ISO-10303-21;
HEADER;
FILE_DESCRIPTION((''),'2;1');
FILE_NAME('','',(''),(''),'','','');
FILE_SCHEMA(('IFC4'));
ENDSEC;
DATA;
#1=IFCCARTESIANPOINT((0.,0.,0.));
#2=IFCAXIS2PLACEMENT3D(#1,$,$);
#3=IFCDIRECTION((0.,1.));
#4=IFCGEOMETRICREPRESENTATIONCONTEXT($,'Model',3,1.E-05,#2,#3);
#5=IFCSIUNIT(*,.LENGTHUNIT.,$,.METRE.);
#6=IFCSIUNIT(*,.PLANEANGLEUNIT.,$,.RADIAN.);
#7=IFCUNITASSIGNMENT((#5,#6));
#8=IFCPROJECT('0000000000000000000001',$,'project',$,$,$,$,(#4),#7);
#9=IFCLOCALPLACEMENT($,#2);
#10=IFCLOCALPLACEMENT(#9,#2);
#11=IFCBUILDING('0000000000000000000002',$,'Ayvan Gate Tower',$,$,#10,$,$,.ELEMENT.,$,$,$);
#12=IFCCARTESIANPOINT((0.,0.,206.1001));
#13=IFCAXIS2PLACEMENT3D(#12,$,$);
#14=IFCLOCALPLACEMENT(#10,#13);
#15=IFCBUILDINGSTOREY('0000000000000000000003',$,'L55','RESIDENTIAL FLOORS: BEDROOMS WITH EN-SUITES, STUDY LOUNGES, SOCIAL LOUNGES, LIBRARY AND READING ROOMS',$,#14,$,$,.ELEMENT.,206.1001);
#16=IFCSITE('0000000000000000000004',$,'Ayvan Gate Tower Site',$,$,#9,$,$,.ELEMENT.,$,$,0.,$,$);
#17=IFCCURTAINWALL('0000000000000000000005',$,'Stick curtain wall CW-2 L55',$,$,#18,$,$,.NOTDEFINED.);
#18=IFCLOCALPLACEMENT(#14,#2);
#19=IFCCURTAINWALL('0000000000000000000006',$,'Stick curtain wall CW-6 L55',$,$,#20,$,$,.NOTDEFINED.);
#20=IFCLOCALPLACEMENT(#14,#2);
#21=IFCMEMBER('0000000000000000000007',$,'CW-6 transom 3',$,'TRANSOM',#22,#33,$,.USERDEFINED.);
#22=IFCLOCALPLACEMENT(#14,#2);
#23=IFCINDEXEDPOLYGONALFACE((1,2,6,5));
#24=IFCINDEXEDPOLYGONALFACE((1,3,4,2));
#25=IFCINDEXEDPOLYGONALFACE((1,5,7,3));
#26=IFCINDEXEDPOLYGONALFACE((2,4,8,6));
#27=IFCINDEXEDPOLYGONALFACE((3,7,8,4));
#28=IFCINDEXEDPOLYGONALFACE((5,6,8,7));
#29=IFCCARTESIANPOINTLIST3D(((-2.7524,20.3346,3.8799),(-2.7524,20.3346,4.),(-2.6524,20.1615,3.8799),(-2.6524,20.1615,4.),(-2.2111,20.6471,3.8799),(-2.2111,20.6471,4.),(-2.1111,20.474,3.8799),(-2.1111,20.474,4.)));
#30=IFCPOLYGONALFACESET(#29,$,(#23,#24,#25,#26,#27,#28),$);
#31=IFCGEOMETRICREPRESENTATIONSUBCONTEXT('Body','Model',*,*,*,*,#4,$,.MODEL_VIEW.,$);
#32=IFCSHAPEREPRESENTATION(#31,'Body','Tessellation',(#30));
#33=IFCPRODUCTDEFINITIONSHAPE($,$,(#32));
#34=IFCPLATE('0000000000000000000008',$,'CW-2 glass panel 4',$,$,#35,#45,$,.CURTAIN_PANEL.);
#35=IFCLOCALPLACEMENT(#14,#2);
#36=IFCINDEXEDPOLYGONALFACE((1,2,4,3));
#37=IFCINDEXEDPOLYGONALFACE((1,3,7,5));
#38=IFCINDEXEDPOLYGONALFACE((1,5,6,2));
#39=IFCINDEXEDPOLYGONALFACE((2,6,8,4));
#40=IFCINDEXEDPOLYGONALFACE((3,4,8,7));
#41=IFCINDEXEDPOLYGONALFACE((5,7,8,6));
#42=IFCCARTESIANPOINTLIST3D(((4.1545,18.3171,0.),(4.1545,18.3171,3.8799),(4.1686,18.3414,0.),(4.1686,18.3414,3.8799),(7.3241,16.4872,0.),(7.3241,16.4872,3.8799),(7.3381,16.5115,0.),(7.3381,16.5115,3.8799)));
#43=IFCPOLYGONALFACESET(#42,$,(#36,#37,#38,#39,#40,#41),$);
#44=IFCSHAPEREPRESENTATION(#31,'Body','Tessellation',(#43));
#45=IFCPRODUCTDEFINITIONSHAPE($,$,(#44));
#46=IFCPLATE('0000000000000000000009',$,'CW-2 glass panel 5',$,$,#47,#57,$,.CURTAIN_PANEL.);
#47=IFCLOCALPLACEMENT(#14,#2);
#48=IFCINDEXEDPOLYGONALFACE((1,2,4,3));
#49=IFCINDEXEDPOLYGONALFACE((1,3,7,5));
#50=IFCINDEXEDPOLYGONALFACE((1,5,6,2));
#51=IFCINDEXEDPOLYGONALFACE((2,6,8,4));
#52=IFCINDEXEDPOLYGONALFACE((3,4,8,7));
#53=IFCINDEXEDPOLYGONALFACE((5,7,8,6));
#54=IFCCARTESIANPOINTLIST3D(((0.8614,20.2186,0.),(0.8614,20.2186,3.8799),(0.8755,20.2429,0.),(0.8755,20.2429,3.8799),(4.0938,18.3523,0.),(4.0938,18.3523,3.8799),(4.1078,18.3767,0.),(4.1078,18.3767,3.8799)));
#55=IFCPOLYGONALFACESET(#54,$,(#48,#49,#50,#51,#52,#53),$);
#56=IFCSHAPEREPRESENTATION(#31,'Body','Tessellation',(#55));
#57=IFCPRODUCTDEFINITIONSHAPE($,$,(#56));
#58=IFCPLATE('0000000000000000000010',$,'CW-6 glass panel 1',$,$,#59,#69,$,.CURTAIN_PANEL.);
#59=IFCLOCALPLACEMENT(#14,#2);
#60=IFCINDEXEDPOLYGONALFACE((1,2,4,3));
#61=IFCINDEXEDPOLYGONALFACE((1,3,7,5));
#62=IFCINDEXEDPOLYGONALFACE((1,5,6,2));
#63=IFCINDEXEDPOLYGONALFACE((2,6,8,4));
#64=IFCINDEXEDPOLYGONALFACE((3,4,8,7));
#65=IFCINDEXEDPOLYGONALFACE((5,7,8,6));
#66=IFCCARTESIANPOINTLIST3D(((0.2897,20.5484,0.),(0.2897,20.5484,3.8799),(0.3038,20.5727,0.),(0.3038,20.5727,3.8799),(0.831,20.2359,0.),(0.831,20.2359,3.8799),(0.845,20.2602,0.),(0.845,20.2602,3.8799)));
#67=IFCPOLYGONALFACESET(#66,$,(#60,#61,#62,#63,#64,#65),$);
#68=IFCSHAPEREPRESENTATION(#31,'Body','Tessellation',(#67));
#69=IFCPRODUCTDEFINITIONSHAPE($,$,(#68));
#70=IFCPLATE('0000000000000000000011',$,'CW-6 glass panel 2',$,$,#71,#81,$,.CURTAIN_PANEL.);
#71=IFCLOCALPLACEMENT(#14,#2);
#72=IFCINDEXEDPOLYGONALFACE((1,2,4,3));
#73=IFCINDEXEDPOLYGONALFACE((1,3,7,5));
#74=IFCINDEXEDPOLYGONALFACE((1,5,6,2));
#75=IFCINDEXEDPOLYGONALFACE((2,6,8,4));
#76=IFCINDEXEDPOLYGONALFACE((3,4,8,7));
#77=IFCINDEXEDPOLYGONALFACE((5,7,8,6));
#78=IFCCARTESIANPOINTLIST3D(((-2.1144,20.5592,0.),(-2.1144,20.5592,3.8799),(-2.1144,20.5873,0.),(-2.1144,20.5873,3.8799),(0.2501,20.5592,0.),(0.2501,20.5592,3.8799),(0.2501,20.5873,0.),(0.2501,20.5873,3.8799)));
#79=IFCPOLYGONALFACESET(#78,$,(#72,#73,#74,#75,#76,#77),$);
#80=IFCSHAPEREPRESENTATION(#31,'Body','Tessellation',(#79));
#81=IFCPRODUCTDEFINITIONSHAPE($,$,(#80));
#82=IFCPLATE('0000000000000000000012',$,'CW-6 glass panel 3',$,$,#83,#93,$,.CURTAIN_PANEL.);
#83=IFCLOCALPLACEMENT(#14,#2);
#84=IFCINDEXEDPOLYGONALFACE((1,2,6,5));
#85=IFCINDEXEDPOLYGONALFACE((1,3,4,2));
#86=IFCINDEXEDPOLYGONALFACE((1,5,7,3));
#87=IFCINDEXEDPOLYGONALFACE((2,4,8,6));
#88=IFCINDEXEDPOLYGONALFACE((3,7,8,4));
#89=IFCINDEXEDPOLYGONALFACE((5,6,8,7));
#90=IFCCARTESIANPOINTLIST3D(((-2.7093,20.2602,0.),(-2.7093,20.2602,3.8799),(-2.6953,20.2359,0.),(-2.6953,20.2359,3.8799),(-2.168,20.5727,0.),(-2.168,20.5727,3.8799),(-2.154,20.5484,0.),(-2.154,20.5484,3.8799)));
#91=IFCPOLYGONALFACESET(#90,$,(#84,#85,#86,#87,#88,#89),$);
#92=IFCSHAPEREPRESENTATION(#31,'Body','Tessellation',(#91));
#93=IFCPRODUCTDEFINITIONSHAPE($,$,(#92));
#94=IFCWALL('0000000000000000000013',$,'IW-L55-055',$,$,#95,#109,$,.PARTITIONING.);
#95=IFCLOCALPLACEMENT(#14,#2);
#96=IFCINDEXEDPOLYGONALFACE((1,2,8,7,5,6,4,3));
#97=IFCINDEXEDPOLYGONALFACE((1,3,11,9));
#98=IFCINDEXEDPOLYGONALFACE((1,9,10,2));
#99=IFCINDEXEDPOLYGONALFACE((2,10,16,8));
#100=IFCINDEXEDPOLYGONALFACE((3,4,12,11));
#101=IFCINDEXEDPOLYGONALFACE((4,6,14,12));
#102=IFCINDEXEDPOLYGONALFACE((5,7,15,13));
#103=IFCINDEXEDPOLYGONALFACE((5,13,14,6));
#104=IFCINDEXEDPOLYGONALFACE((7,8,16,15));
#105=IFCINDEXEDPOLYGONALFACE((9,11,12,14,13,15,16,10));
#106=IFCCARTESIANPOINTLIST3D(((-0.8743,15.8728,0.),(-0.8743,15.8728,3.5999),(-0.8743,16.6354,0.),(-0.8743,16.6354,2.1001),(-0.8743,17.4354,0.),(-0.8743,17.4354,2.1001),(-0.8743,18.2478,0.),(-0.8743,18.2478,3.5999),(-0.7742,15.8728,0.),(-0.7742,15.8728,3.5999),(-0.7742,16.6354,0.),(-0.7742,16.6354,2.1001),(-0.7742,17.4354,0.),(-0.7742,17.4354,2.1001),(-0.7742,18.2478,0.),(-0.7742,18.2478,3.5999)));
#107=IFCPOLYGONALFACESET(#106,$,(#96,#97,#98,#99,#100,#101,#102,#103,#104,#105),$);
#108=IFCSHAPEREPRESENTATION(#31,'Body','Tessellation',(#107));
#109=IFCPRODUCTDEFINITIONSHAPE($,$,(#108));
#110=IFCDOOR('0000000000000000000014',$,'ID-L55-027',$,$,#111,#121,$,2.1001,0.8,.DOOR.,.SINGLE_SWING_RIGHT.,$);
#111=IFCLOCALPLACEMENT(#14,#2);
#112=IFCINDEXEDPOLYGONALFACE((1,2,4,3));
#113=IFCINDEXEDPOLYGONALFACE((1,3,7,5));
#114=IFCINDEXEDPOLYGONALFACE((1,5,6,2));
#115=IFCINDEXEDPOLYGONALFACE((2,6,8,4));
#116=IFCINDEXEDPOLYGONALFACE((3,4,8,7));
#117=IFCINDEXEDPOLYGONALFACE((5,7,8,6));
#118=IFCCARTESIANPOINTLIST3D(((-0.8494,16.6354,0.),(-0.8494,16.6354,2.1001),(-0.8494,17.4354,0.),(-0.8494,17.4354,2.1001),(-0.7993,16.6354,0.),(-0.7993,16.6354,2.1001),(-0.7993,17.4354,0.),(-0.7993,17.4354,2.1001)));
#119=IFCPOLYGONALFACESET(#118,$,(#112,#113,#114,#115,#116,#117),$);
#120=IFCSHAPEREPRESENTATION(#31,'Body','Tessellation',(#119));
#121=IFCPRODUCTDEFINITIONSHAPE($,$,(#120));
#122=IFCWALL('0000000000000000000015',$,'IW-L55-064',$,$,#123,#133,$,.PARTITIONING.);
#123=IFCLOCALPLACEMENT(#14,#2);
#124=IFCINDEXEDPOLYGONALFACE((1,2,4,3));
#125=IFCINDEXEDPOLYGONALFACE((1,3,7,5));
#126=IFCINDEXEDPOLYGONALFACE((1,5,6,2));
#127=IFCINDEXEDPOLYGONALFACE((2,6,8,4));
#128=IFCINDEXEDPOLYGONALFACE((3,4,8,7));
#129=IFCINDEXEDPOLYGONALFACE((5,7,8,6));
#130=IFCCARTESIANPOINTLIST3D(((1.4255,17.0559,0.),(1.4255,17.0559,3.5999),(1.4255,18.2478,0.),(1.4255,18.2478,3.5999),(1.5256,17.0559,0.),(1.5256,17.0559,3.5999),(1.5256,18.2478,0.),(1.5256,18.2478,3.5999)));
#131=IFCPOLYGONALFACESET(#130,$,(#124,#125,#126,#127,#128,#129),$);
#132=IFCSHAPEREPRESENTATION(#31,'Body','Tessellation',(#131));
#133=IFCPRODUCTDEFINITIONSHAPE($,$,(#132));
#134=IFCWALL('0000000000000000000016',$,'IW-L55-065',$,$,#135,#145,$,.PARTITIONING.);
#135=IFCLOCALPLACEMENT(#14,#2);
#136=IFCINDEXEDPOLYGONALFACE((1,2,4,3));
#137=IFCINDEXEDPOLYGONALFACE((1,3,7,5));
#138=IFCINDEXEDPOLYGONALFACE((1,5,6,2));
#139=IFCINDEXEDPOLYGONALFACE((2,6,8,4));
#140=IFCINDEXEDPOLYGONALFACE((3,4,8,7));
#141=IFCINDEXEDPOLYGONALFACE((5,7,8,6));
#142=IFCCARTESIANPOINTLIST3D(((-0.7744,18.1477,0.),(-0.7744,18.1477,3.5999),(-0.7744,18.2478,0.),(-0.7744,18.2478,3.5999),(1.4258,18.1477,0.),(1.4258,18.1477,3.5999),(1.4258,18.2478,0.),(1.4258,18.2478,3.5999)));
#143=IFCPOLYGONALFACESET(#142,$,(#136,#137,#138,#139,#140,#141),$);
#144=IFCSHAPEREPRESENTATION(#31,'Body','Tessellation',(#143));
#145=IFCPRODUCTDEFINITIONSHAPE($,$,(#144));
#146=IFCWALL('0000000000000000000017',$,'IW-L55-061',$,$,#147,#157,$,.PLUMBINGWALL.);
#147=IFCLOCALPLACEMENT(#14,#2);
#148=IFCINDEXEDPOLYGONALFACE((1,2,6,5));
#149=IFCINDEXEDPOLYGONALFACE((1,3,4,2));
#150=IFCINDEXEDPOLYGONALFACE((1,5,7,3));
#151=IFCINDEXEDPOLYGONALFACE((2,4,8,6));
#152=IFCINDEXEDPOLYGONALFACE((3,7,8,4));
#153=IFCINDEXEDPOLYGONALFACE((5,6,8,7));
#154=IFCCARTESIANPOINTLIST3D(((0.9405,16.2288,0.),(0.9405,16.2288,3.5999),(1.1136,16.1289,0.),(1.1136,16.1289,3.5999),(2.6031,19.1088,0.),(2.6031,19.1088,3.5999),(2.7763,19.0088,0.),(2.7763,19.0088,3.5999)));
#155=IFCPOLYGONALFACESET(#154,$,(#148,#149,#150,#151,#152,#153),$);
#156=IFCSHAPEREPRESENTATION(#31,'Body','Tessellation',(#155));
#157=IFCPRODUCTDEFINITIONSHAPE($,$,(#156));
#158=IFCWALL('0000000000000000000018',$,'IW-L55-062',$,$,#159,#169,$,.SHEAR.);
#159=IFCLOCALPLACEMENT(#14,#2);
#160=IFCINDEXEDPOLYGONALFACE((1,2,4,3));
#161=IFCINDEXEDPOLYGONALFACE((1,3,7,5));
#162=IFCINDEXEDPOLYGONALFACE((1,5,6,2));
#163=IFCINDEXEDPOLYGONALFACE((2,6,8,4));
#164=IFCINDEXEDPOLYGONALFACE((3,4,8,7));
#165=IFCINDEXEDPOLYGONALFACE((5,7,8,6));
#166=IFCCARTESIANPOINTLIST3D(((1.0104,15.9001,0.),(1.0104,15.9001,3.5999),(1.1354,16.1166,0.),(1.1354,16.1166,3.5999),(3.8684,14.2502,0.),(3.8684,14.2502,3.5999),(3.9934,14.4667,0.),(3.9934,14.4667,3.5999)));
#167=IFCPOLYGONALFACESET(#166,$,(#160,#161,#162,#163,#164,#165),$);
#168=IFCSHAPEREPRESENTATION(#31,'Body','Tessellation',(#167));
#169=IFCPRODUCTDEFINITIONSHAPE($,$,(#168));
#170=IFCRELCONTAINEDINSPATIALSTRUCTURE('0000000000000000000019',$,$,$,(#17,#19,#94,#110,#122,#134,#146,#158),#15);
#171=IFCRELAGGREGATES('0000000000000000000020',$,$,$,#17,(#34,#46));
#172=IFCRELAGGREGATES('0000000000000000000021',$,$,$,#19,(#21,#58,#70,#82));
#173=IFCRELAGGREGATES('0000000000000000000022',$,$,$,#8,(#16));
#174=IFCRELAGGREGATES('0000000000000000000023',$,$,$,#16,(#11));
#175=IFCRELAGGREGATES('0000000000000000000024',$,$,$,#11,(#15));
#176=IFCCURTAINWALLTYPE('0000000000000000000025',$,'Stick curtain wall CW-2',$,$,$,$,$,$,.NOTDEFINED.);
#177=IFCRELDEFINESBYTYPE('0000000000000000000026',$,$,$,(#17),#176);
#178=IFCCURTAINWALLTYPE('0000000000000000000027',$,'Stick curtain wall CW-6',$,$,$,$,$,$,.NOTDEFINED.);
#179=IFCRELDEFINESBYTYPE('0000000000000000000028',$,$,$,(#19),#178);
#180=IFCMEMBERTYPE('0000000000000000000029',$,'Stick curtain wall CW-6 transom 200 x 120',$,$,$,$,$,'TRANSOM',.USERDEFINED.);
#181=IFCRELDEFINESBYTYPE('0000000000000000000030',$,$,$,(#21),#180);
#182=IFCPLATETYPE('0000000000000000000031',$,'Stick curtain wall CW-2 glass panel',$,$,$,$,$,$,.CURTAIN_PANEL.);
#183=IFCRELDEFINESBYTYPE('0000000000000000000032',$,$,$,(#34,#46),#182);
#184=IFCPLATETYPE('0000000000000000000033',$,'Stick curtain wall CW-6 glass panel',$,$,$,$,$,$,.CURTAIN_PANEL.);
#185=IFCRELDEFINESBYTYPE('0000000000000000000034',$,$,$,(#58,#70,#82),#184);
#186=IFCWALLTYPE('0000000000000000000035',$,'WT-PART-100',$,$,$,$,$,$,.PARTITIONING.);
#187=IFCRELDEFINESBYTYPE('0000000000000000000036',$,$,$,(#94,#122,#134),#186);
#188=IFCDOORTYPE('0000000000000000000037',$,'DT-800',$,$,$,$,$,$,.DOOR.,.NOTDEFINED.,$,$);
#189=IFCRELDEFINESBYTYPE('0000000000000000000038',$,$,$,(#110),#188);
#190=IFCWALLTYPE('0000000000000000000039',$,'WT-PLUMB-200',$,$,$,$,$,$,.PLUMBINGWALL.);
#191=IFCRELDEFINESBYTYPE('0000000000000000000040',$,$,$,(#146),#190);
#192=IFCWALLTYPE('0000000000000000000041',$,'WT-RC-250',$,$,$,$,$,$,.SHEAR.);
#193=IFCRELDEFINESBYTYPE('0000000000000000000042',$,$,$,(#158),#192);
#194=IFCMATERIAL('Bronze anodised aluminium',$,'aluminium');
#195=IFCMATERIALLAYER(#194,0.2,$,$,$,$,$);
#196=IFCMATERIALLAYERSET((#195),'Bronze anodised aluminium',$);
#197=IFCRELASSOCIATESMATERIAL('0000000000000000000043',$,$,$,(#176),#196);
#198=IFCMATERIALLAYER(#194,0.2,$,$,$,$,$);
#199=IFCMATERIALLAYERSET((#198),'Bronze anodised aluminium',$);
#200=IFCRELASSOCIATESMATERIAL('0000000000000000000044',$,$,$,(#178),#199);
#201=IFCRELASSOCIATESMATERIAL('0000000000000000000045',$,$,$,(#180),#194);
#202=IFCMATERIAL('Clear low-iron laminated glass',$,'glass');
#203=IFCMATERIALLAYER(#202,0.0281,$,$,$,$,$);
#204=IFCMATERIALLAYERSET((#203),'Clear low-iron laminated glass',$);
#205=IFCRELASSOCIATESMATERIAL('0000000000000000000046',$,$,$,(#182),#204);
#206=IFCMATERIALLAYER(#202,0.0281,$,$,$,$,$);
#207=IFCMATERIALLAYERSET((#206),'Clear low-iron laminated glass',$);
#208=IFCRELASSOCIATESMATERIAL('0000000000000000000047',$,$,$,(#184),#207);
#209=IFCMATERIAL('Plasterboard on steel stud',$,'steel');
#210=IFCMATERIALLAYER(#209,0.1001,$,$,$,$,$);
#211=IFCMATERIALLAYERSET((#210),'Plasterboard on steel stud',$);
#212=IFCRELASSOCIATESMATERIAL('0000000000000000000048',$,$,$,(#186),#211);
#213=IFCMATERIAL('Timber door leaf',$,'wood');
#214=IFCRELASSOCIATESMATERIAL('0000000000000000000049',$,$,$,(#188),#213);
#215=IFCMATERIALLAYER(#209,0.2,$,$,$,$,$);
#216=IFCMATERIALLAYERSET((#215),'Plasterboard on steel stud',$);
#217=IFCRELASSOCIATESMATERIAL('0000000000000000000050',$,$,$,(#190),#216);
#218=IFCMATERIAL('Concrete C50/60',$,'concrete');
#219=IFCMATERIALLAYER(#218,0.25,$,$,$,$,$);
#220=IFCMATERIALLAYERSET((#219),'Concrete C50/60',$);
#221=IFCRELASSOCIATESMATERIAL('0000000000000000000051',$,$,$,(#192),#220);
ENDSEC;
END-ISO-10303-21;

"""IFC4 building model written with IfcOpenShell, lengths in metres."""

from ifc_helpers import new_model, si_unit, direction, frame, frame_2d, origin, origin_2d, place, context, subcontext, project, spatial, rectangle, extrude, material, layer, layer_set, material_profile, profile_set, type_object, element, fill, aggregate, save


model = new_model("IFC4")

# Units and contexts
model_context = context("Model", 3, precision=1e-05, world=origin(), true_north=direction((0.0, 1.0)))
body_context = subcontext(model_context, "Body", "Model", "MODEL_VIEW")
ifc_project = project(units=[si_unit("LENGTHUNIT", "METRE"), si_unit("PLANEANGLEUNIT", "RADIAN")], contexts=[model_context])

# Site, building, storey
site_placement = place(None, origin())
site = spatial("IfcSite", under=ifc_project, at=site_placement, Name="Ayvan Gate Tower Site", CompositionType="ELEMENT", RefElevation=0.0)
building_placement = place(site_placement, origin())
building = spatial("IfcBuilding", under=site, at=building_placement, Name="Ayvan Gate Tower", CompositionType="ELEMENT")
storey_placement = place(building_placement, frame((0.0, 0.0, 206.1001)))
storey = spatial("IfcBuildingStorey", under=building, at=storey_placement, Name="L55", Description="RESIDENTIAL FLOORS: BEDROOMS WITH EN-SUITES, STUDY LOUNGES, SOCIAL LOUNGES, LIBRARY AND READING ROOMS", CompositionType="ELEMENT", Elevation=206.1001)

# Curtain walls, member
ifc_material_1 = material(Name="Bronze anodised aluminium", Category="aluminium")
ifc_layer_1 = layer(ifc_material_1, 0.2)
ifc_layer_set_1 = layer_set([ifc_layer_1], Name="Bronze anodised aluminium")
curtain_wall_type_1 = type_object("IfcCurtainWallType", Name="Stick curtain wall CW-2", PredefinedType="NOTDEFINED", material=ifc_layer_set_1)
curtain_wall_1_placement = place(storey_placement, origin())
curtain_wall_1 = element("IfcCurtainWall", 1, at=curtain_wall_1_placement, inside=storey, type_object=curtain_wall_type_1, Name="Stick curtain wall CW-2 L55", PredefinedType="NOTDEFINED")
ifc_layer_2 = layer(ifc_material_1, 0.2)
ifc_layer_set_2 = layer_set([ifc_layer_2], Name="Bronze anodised aluminium")
curtain_wall_type_2 = type_object("IfcCurtainWallType", Name="Stick curtain wall CW-6", PredefinedType="NOTDEFINED", material=ifc_layer_set_2)
curtain_wall_2_placement = place(storey_placement, origin())
curtain_wall_2 = element("IfcCurtainWall", 2, at=curtain_wall_2_placement, inside=storey, type_object=curtain_wall_type_2, Name="Stick curtain wall CW-6 L55", PredefinedType="NOTDEFINED")
ifc_material_profile_1 = material_profile(ifc_material_1, rectangle(XDim=0.2, YDim=0.1201, at=origin_2d()), Name="Stick curtain wall CW-6 transom 200 x 120")
ifc_profile_set_1 = profile_set([ifc_material_profile_1], Name="Bronze anodised aluminium")
member_type_1 = type_object("IfcMemberType", Name="Stick curtain wall CW-6 transom 200 x 120", ElementType="TRANSOM", PredefinedType="USERDEFINED", material=ifc_profile_set_1)
member_1_placement = place(storey_placement, frame((-2.1611, 20.5605, 3.9399), z_axis=(-0.866023, -0.500004, 0.0), x_axis=(0.500004, -0.866023, 0.0)))
member_1 = element("IfcMember", 3, at=member_1_placement, type_object=member_type_1, Name="CW-6 transom 3", ObjectType="TRANSOM", PredefinedType="USERDEFINED", context=body_context, shape_type="SweptSolid", body=[
    extrude(rectangle(XDim=0.2, YDim=0.1201, at=origin_2d()), origin(), (0.0, 0.0, 1.0), 0.625),
])

# Plates
ifc_material_2 = material(Name="Clear low-iron laminated glass", Category="glass")
ifc_layer_3 = layer(ifc_material_2, 0.0281)
ifc_layer_set_3 = layer_set([ifc_layer_3], Name="Clear low-iron laminated glass")
plate_type_1 = type_object("IfcPlateType", Name="Stick curtain wall CW-2 glass panel", PredefinedType="CURTAIN_PANEL", material=ifc_layer_set_3)
plate_1_placement = place(storey_placement, frame((5.7463, 17.4143, 0.0), z_axis=(0.0, 0.0, 1.0), x_axis=(-0.866025, 0.5, 0.0)))
plate_1 = element("IfcPlate", 4, at=plate_1_placement, type_object=plate_type_1, Name="CW-2 glass panel 4", PredefinedType="CURTAIN_PANEL", context=body_context, shape_type="SweptSolid", body=[
    extrude(rectangle(XDim=3.6599, YDim=0.0281, at=origin_2d()), origin(), (0.0, 0.0, 1.0), 3.8799),
])
plate_2_placement = place(storey_placement, frame((2.4846, 19.2976, 0.0), z_axis=(0.0, 0.0, 1.0), x_axis=(-0.866025, 0.5, 0.0)))
plate_2 = element("IfcPlate", 5, at=plate_2_placement, type_object=plate_type_1, Name="CW-2 glass panel 5", PredefinedType="CURTAIN_PANEL", context=body_context, shape_type="SweptSolid", body=[
    extrude(rectangle(XDim=3.7324, YDim=0.0281, at=origin_2d()), origin(), (0.0, 0.0, 1.0), 3.8799),
])
aggregate(curtain_wall_1, [plate_1, plate_2])
ifc_layer_4 = layer(ifc_material_2, 0.0281)
ifc_layer_set_4 = layer_set([ifc_layer_4], Name="Clear low-iron laminated glass")
plate_type_2 = type_object("IfcPlateType", Name="Stick curtain wall CW-6 glass panel", PredefinedType="CURTAIN_PANEL", material=ifc_layer_set_4)
plate_3_placement = place(storey_placement, frame((0.5674, 20.4043, 0.0), z_axis=(0.0, 0.0, 1.0), x_axis=(-0.866025, 0.5, 0.0)))
plate_3 = element("IfcPlate", 6, at=plate_3_placement, type_object=plate_type_2, Name="CW-6 glass panel 1", PredefinedType="CURTAIN_PANEL", context=body_context, shape_type="SweptSolid", body=[
    extrude(rectangle(XDim=0.625, YDim=0.0281, at=origin_2d()), origin(), (0.0, 0.0, 1.0), 3.8799),
])
plate_4_placement = place(storey_placement, frame((-0.9321, 20.5732, 0.0), z_axis=(0.0, 0.0, 1.0), x_axis=(-1.0, 0.0, 0.0)))
plate_4 = element("IfcPlate", 7, at=plate_4_placement, type_object=plate_type_2, Name="CW-6 glass panel 2", PredefinedType="CURTAIN_PANEL", context=body_context, shape_type="SweptSolid", body=[
    extrude(rectangle(XDim=2.3645, YDim=0.0281, at=origin_2d()), origin(), (0.0, 0.0, 1.0), 3.8799),
])
plate_5_placement = place(storey_placement, frame((-2.4316, 20.4043, 0.0), z_axis=(0.0, 0.0, 1.0), x_axis=(-0.866025, -0.5, 0.0)))
plate_5 = element("IfcPlate", 8, at=plate_5_placement, type_object=plate_type_2, Name="CW-6 glass panel 3", PredefinedType="CURTAIN_PANEL", context=body_context, shape_type="SweptSolid", body=[
    extrude(rectangle(XDim=0.625, YDim=0.0281, at=origin_2d()), origin(), (0.0, 0.0, 1.0), 3.8799),
])
aggregate(curtain_wall_2, [member_1, plate_3, plate_4, plate_5])

# Wall, opening, door
ifc_material_3 = material(Name="Plasterboard on steel stud", Category="steel")
ifc_layer_5 = layer(ifc_material_3, 0.1001)
ifc_layer_set_5 = layer_set([ifc_layer_5], Name="Plasterboard on steel stud")
wall_type_1 = type_object("IfcWallType", Name="WT-PART-100", PredefinedType="PARTITIONING", material=ifc_layer_set_5)
wall_1_placement = place(storey_placement, frame((-0.8242, 18.2478, 0.0), z_axis=(0.0, 0.0, 1.0), x_axis=(0.0, -1.0, 0.0)))
wall_1 = element("IfcWall", 9, at=wall_1_placement, inside=storey, type_object=wall_type_1, Name="IW-L55-055", PredefinedType="PARTITIONING", context=body_context, shape_type="SweptSolid", body=[
    extrude(rectangle(XDim=2.375, YDim=0.1001, at=frame_2d((1.1875, 0.0))), origin(), (0.0, 0.0, 1.0), 3.5999),
])
opening_placement = place(wall_1_placement, frame((0.8125, 0.0, 0.0)))
opening = element("IfcOpeningElement", 10, at=opening_placement, cuts=wall_1, PredefinedType="OPENING", context=body_context, shape_type="SweptSolid", body=[
    extrude(rectangle(XDim=0.8, YDim=2.1001, at=frame_2d((0.3999, 1.05))), frame((0.0, 0.0601, 0.0), z_axis=(0.0, -1.0, 0.0), x_axis=(1.0, 0.0, 0.0)), (0.0, 0.0, 1.0), 0.1201),
])
ifc_material_4 = material(Name="Timber door leaf", Category="wood")
door_type = type_object("IfcDoorType", Name="DT-800", OperationType="NOTDEFINED", PredefinedType="DOOR", material=ifc_material_4)
door_placement = place(opening_placement, origin())
door = element("IfcDoor", 11, at=door_placement, inside=storey, type_object=door_type, Name="ID-L55-027", OperationType="SINGLE_SWING_RIGHT", OverallHeight=2.1001, OverallWidth=0.8, PredefinedType="DOOR", context=body_context, shape_type="SweptSolid", body=[
    extrude(rectangle(XDim=0.8, YDim=2.1001, at=frame_2d((0.3999, 1.05))), frame((0.0, 0.0249, 0.0), z_axis=(0.0, -1.0, 0.0), x_axis=(1.0, 0.0, 0.0)), (0.0, 0.0, 1.0), 0.05),
])
fill(opening, door)

# Walls
wall_2_placement = place(storey_placement, frame((1.4756, 17.0559, 0.0), z_axis=(0.0, 0.0, 1.0), x_axis=(0.0, 1.0, 0.0)))
element("IfcWall", 12, at=wall_2_placement, inside=storey, type_object=wall_type_1, Name="IW-L55-064", PredefinedType="PARTITIONING", context=body_context, shape_type="SweptSolid", body=[
    extrude(rectangle(XDim=1.1919, YDim=0.1001, at=frame_2d((0.5959, 0.0))), origin(), (0.0, 0.0, 1.0), 3.5999),
])
wall_3_placement = place(storey_placement, frame((1.4258, 18.1978, 0.0), z_axis=(0.0, 0.0, 1.0), x_axis=(-1.0, 0.0, 0.0)))
element("IfcWall", 13, at=wall_3_placement, inside=storey, type_object=wall_type_1, Name="IW-L55-065", PredefinedType="PARTITIONING", context=body_context, shape_type="SweptSolid", body=[
    extrude(rectangle(XDim=2.2002, YDim=0.1001, at=frame_2d((1.1001, 0.0))), origin(), (0.0, 0.0, 1.0), 3.5999),
])
ifc_layer_6 = layer(ifc_material_3, 0.2)
ifc_layer_set_6 = layer_set([ifc_layer_6], Name="Plasterboard on steel stud")
wall_type_2 = type_object("IfcWallType", Name="WT-PLUMB-200", PredefinedType="PLUMBINGWALL", material=ifc_layer_set_6)
wall_4_placement = place(storey_placement, frame((1.0271, 16.179, 0.0), z_axis=(0.0, 0.0, 1.0), x_axis=(0.499977, 0.866039, 0.0)))
element("IfcWall", 14, at=wall_4_placement, inside=storey, type_object=wall_type_2, Name="IW-L55-061", PredefinedType="PLUMBINGWALL", context=body_context, shape_type="SweptSolid", body=[
    extrude(rectangle(XDim=3.3254, YDim=0.2, at=frame_2d((1.6626, 0.0))), origin(), (0.0, 0.0, 1.0), 3.5999),
])
ifc_material_5 = material(Name="Concrete C50/60", Category="concrete")
ifc_layer_7 = layer(ifc_material_5, 0.25)
ifc_layer_set_7 = layer_set([ifc_layer_7], Name="Concrete C50/60")
wall_type_3 = type_object("IfcWallType", Name="WT-RC-250", PredefinedType="SHEAR", material=ifc_layer_set_7)
wall_5_placement = place(storey_placement, frame((1.073, 16.0083, 0.0), z_axis=(0.0, 0.0, 1.0), x_axis=(0.86604, -0.499974, 0.0)))
element("IfcWall", 15, at=wall_5_placement, inside=storey, type_object=wall_type_3, Name="IW-L55-062", PredefinedType="SHEAR", context=body_context, shape_type="SweptSolid", body=[
    extrude(rectangle(XDim=3.3, YDim=0.25, at=frame_2d((1.6499, 0.0))), origin(), (0.0, 0.0, 1.0), 3.5999),
])

save(model, "model.ifc")
